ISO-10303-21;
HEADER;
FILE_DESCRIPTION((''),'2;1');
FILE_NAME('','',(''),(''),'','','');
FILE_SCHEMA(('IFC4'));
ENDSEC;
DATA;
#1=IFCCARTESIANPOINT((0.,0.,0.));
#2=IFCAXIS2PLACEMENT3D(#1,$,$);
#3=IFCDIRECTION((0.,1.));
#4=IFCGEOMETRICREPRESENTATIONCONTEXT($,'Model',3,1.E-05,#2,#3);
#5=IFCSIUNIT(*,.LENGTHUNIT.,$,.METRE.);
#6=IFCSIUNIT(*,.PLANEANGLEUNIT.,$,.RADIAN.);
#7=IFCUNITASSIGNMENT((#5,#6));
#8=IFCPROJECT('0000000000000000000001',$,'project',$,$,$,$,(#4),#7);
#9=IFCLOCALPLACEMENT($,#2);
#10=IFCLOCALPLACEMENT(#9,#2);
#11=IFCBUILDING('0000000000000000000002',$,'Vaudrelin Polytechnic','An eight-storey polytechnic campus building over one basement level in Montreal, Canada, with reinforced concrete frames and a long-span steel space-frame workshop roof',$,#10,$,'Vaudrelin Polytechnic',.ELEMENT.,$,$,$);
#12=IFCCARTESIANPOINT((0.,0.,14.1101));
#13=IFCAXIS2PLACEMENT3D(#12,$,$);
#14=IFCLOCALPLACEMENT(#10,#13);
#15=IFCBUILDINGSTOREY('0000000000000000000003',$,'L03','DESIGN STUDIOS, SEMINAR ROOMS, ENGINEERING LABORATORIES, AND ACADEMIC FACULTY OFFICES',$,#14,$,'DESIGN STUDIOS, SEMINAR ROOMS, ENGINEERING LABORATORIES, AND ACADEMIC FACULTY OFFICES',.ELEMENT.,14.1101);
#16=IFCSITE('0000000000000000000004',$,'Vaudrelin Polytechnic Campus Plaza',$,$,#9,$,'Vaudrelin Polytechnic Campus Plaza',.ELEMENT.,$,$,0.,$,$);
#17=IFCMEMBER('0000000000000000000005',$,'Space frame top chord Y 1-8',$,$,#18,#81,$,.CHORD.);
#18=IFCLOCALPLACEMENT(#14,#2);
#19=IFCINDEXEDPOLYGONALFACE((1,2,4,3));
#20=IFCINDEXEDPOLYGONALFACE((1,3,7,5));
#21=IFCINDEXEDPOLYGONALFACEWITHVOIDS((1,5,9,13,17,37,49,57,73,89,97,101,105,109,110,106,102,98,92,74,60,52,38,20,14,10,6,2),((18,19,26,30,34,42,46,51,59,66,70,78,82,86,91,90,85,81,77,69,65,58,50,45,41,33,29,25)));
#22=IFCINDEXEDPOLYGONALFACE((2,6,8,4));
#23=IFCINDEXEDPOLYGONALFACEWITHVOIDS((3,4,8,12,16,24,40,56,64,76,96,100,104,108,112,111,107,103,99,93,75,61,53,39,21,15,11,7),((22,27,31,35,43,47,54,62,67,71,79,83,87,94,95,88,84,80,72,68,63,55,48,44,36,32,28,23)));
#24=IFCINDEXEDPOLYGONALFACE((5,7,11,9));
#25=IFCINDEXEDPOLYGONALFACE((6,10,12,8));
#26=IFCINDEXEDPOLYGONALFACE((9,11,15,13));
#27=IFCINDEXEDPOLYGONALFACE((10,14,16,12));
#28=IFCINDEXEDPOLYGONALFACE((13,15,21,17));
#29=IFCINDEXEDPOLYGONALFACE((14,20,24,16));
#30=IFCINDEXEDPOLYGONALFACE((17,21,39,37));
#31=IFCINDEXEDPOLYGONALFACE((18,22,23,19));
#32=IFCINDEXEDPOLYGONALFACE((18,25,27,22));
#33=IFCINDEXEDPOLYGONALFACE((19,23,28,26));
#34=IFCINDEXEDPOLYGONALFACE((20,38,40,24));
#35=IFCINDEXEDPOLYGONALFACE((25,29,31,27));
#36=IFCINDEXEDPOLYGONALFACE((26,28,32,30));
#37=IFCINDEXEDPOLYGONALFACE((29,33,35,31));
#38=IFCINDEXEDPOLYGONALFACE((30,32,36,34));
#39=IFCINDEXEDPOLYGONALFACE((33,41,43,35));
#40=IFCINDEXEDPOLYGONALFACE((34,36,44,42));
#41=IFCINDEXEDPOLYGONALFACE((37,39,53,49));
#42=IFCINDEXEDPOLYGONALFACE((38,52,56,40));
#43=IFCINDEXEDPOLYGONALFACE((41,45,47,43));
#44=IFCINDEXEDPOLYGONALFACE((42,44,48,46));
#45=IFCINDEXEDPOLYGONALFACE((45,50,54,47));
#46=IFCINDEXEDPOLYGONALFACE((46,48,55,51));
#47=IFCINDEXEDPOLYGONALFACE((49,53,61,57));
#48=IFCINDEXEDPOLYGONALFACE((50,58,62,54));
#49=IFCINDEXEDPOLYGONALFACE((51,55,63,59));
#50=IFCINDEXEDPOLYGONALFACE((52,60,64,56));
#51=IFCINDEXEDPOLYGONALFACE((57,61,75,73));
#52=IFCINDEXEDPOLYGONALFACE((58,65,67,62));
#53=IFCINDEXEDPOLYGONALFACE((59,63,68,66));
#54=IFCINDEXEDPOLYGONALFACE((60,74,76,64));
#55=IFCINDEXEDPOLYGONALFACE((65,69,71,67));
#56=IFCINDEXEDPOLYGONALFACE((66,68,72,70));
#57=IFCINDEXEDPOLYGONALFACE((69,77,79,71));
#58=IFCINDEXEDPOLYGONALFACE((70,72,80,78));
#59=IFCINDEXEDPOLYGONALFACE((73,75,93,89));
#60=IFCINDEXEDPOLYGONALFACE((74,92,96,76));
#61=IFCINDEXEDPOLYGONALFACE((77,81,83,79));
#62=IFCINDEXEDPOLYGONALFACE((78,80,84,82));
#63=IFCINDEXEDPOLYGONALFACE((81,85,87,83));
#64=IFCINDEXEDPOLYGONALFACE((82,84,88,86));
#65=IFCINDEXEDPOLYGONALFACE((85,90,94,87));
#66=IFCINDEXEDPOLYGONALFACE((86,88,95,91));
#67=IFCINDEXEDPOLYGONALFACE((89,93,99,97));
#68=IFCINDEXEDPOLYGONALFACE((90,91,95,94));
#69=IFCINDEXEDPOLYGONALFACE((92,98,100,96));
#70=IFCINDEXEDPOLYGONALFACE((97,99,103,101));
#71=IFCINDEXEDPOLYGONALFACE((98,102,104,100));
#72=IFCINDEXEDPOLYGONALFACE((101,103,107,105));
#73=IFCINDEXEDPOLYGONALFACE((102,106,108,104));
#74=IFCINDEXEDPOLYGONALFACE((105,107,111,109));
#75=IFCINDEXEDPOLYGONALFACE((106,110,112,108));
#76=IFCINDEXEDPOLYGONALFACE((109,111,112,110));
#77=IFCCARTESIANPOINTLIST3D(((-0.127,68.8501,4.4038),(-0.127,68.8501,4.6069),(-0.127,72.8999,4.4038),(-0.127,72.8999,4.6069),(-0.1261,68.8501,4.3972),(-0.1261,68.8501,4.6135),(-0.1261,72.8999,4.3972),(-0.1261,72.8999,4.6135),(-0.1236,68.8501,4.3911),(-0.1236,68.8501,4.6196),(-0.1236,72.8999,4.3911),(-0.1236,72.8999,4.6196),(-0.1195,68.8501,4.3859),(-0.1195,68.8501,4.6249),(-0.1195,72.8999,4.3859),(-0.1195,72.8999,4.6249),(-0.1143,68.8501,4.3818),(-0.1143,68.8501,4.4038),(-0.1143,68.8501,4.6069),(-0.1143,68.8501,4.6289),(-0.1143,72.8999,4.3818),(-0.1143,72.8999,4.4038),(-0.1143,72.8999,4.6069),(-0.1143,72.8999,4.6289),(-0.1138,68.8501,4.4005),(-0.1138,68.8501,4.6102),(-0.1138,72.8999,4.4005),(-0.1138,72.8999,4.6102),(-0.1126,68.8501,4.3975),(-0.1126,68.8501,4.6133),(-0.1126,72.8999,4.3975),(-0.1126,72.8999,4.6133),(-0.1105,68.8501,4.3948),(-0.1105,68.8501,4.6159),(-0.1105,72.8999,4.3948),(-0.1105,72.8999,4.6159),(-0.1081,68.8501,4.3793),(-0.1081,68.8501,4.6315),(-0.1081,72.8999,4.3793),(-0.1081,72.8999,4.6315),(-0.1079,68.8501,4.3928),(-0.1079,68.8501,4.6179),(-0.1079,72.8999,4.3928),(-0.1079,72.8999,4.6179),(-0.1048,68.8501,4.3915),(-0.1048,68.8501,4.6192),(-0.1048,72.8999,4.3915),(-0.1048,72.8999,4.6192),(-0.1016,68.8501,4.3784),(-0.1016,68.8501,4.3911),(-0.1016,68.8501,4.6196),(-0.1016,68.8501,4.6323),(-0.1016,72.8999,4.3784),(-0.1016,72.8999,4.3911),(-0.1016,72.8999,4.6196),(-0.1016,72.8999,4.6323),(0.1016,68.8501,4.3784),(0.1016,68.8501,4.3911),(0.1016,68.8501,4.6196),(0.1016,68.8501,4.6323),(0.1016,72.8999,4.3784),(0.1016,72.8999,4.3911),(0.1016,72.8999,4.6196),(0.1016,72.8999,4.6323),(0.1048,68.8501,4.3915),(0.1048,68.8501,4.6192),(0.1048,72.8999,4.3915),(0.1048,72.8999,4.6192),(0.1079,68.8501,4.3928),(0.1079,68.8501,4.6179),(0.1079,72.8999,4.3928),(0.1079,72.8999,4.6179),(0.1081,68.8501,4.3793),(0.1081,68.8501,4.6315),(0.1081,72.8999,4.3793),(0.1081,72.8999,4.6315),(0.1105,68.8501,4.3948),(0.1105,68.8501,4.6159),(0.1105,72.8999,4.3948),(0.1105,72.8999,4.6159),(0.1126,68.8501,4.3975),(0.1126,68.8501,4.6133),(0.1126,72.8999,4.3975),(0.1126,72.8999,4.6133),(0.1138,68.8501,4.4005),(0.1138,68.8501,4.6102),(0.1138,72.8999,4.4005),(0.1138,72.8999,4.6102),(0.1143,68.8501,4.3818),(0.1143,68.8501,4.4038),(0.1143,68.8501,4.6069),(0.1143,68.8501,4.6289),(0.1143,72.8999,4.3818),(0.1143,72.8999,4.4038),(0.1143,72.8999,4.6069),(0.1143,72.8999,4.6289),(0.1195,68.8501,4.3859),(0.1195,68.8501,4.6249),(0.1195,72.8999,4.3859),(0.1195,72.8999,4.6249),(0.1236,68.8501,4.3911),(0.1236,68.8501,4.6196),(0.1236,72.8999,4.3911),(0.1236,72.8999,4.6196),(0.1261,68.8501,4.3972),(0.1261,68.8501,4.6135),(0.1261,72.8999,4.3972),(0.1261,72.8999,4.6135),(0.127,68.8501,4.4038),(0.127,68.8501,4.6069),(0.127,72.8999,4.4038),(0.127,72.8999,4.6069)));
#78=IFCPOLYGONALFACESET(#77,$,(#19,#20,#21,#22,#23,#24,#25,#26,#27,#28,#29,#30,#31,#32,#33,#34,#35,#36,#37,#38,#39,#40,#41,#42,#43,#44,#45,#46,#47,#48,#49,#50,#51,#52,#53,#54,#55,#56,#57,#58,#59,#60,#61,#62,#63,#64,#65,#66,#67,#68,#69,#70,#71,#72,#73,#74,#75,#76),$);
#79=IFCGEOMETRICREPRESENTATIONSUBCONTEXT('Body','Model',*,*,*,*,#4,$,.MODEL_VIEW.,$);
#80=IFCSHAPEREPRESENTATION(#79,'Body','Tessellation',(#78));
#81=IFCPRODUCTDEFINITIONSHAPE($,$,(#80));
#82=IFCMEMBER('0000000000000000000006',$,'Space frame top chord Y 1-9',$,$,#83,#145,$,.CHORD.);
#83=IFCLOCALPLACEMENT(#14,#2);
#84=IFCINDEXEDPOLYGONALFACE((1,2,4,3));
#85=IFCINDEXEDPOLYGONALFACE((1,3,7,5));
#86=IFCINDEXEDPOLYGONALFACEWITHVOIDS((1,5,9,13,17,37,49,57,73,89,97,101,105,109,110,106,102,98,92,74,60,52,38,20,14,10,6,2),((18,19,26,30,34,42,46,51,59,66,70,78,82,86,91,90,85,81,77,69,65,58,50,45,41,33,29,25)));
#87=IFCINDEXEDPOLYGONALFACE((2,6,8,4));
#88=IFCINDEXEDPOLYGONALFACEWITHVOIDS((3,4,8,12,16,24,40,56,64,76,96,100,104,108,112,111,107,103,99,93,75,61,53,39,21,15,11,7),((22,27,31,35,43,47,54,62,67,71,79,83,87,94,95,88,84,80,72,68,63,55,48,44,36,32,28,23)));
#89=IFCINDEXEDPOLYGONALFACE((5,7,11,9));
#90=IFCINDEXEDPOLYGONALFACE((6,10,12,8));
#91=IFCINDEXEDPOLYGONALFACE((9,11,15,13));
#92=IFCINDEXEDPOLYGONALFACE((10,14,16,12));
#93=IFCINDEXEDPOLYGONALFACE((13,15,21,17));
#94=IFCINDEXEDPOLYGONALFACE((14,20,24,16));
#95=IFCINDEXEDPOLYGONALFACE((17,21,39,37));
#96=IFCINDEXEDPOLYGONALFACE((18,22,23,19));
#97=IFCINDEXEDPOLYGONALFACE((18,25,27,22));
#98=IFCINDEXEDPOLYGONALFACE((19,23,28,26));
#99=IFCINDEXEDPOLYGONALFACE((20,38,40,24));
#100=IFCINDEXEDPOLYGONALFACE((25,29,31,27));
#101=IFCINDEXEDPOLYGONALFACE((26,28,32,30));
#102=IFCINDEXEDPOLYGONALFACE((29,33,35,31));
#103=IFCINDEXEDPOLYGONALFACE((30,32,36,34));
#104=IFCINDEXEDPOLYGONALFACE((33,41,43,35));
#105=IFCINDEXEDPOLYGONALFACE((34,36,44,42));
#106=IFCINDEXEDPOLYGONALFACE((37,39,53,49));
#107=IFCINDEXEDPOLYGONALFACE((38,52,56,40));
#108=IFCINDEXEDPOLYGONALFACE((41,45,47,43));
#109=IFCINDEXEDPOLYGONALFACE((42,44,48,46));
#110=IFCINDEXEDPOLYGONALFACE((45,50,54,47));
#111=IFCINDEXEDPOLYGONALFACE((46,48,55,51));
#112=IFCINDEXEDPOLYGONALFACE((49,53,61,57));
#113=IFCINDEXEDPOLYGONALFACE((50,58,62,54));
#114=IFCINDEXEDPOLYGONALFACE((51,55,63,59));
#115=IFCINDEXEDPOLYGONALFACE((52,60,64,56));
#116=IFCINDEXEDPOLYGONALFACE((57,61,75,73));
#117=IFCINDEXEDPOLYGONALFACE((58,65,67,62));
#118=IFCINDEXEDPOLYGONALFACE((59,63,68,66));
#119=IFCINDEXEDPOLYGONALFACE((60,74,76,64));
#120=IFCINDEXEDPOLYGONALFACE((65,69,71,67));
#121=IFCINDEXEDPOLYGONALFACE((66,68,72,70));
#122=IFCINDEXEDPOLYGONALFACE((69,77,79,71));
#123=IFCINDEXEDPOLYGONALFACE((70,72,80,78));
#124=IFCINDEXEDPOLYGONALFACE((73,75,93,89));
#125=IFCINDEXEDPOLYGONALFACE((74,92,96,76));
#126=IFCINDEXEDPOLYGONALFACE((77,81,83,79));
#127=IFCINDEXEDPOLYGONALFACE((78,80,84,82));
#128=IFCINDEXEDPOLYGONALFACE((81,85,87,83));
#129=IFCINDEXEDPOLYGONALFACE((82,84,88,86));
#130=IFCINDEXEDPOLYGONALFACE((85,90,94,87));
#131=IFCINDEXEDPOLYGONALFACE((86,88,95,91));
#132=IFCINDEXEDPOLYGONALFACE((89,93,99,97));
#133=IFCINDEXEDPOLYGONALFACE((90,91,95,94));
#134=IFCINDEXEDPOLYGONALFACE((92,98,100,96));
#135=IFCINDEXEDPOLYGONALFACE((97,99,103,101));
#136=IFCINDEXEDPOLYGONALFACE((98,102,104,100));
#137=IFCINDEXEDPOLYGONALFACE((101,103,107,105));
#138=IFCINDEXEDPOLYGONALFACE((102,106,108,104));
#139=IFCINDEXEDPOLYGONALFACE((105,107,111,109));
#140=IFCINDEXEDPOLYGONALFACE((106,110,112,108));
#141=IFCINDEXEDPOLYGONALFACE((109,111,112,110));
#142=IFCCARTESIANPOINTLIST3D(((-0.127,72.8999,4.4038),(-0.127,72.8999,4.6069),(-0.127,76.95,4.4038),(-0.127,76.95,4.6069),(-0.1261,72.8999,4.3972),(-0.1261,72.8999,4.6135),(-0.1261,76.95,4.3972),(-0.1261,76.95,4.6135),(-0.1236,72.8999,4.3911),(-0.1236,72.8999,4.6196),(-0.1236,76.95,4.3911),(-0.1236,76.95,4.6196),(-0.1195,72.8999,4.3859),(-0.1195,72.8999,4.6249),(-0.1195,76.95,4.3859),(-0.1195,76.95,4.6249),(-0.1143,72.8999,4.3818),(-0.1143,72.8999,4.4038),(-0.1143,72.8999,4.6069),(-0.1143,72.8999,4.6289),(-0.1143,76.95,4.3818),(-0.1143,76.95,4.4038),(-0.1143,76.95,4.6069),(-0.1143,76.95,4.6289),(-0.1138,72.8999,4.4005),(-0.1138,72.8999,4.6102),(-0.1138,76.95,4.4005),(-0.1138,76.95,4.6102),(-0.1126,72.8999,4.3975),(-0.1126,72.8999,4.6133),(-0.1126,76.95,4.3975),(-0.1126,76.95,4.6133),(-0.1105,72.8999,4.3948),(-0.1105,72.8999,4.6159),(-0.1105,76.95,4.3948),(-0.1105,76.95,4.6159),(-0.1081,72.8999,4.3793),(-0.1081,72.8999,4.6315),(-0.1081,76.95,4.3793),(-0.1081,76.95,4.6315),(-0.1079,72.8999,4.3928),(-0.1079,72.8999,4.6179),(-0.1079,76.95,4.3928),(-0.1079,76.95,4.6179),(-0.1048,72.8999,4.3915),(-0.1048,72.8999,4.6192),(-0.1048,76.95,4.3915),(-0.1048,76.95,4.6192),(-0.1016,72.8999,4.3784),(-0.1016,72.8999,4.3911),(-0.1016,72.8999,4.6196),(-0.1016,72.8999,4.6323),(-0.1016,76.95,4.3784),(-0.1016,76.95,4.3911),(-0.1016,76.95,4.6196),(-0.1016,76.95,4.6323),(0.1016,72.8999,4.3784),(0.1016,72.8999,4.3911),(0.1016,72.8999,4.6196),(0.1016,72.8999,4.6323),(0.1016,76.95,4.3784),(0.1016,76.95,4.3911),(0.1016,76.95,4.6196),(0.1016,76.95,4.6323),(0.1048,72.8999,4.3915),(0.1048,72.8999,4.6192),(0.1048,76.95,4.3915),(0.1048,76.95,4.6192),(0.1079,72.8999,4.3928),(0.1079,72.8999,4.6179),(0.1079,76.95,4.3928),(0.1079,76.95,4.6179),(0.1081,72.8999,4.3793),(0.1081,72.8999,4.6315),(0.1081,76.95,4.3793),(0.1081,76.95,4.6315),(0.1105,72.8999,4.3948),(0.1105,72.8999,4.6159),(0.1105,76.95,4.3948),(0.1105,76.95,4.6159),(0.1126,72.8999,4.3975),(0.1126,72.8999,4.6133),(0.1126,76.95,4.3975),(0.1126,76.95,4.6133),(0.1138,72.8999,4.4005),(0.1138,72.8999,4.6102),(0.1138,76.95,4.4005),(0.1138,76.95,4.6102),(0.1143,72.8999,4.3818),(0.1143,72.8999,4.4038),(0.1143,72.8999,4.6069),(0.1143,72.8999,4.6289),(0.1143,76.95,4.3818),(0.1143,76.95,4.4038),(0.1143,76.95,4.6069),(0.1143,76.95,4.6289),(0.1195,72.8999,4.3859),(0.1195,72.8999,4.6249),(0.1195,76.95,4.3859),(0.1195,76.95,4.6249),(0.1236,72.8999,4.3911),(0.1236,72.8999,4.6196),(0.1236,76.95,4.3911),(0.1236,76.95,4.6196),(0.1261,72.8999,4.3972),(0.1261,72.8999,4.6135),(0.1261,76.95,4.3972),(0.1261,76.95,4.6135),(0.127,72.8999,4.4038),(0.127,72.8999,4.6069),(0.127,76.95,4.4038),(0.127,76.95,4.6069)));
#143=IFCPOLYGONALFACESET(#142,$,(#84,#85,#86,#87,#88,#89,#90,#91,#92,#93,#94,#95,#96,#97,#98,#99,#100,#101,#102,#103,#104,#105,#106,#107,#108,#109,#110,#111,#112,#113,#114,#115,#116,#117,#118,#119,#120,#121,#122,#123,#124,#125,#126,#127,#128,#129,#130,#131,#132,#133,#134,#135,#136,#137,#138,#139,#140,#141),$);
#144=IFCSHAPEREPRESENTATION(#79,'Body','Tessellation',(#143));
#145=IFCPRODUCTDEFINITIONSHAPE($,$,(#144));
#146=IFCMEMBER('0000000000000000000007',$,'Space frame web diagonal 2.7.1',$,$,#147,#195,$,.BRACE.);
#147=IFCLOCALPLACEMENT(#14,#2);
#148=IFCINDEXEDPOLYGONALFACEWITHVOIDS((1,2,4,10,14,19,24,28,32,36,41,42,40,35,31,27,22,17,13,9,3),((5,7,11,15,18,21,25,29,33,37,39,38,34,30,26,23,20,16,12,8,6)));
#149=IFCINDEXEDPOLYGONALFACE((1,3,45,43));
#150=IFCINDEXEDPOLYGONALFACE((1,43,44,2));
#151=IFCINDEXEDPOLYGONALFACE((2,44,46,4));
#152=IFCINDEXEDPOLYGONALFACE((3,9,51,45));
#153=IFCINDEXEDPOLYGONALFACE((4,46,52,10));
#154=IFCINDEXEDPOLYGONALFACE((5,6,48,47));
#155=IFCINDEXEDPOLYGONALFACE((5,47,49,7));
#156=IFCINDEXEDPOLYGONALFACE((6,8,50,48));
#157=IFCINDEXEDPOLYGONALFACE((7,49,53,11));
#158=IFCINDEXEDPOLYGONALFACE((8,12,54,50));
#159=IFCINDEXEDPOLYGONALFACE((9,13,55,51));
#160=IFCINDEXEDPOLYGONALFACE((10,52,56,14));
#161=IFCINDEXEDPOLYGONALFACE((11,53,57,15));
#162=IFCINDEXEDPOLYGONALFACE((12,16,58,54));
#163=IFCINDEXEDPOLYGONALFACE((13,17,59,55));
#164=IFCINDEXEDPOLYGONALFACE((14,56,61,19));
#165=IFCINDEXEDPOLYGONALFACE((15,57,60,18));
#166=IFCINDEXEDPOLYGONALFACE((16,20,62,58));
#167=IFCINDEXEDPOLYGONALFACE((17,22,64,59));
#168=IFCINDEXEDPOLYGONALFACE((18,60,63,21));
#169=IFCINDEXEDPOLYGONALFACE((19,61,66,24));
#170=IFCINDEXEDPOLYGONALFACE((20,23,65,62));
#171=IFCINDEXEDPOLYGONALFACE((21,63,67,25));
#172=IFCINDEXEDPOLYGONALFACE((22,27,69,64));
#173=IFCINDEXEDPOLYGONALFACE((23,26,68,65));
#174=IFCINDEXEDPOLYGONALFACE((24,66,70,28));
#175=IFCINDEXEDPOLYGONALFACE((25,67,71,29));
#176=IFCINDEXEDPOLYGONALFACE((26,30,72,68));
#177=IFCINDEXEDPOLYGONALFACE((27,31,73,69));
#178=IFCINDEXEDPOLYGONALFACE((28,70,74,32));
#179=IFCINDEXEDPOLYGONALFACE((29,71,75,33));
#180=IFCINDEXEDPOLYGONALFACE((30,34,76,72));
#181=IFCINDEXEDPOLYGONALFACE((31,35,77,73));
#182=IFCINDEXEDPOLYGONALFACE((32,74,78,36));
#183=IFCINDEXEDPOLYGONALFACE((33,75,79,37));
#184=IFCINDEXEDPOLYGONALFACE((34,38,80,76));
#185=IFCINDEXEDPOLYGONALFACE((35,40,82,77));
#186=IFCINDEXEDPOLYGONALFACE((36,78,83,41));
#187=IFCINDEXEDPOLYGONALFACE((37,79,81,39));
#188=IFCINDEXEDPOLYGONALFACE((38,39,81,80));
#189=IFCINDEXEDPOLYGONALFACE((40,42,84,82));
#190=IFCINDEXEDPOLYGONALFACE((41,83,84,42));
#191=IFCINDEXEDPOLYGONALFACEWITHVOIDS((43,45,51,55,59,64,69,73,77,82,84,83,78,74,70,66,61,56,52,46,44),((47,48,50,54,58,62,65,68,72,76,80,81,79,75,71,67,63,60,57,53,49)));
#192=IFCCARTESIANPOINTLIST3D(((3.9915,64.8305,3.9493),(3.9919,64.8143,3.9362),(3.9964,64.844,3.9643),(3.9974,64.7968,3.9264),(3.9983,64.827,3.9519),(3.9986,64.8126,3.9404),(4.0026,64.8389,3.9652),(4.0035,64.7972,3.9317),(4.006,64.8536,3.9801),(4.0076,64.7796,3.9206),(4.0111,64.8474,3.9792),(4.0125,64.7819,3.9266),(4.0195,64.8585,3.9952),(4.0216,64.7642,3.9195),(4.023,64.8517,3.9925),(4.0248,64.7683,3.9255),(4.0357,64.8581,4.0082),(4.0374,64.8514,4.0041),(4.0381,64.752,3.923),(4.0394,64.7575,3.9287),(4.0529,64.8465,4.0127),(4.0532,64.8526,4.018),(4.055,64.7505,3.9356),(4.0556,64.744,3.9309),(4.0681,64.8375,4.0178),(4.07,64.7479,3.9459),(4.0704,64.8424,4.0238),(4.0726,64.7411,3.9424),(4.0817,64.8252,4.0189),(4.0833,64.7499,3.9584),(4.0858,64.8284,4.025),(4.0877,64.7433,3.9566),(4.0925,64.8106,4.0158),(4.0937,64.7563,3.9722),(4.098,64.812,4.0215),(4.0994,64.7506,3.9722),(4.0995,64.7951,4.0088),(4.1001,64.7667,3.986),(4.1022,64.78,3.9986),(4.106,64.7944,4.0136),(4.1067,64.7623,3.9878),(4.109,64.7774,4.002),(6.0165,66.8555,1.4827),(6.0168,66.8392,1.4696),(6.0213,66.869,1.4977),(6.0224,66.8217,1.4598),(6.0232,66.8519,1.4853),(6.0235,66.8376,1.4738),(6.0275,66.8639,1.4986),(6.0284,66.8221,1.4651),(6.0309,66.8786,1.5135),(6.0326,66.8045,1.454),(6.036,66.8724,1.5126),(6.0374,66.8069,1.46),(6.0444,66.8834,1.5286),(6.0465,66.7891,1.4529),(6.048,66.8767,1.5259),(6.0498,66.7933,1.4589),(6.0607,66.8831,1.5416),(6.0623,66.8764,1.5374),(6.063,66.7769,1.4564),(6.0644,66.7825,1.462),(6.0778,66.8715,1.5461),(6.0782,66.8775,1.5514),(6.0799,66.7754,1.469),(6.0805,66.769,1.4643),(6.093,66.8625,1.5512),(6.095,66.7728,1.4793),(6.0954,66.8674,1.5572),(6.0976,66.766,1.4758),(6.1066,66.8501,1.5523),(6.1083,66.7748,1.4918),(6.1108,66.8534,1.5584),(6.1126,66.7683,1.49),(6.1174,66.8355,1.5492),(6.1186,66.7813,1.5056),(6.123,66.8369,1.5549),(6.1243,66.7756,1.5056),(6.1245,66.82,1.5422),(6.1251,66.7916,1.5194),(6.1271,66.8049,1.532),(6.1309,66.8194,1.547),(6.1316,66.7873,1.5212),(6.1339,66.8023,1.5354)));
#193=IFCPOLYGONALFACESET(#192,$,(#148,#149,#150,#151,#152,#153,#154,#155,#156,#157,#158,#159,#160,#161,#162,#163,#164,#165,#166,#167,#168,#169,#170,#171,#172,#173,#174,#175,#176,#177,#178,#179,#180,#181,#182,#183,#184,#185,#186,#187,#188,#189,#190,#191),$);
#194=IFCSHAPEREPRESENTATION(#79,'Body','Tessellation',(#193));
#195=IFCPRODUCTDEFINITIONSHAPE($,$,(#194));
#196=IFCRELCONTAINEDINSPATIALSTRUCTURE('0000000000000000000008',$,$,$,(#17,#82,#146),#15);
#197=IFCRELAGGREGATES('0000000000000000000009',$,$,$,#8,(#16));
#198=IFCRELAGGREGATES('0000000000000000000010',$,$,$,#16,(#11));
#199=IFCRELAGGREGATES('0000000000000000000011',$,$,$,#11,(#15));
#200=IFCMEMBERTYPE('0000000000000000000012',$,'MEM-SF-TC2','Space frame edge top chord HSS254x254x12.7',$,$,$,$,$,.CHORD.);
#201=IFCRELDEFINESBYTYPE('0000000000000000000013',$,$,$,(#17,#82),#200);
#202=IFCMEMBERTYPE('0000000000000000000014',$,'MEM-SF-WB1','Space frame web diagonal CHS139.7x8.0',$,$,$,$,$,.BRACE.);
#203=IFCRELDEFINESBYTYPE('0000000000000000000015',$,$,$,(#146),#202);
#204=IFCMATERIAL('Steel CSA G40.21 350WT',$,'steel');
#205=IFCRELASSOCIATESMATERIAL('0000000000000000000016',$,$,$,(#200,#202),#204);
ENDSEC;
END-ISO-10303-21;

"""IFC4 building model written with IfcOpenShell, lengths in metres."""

from ifc_helpers import new_model, si_unit, direction, frame, origin, origin_2d, place, context, subcontext, project, spatial, hollow_rectangle, hollow_circle, extrude, material, material_profile, profile_set, type_object, element, save


model = new_model("IFC4")

# Units and contexts
model_context = context("Model", 3, precision=1e-05, world=origin(), true_north=direction((0.0, 1.0)))
body_context = subcontext(model_context, "Body", "Model", "MODEL_VIEW")
ifc_project = project(units=[si_unit("LENGTHUNIT", "METRE"), si_unit("PLANEANGLEUNIT", "RADIAN")], contexts=[model_context])

# Site, building, storey
site_placement = place(None, origin())
site = spatial("IfcSite", under=ifc_project, at=site_placement, Name="Vaudrelin Polytechnic Campus Plaza", LongName="Vaudrelin Polytechnic Campus Plaza", CompositionType="ELEMENT", RefElevation=0.0)
building_placement = place(site_placement, origin())
building = spatial("IfcBuilding", under=site, at=building_placement, Name="Vaudrelin Polytechnic", Description="An eight-storey polytechnic campus building over one basement level in Montreal, Canada, with reinforced concrete frames and a long-span steel space-frame workshop roof", LongName="Vaudrelin Polytechnic", CompositionType="ELEMENT")
storey_placement = place(building_placement, frame((0.0, 0.0, 14.1101)))
storey = spatial("IfcBuildingStorey", under=building, at=storey_placement, Name="L03", Description="DESIGN STUDIOS, SEMINAR ROOMS, ENGINEERING LABORATORIES, AND ACADEMIC FACULTY OFFICES", LongName="DESIGN STUDIOS, SEMINAR ROOMS, ENGINEERING LABORATORIES, AND ACADEMIC FACULTY OFFICES", CompositionType="ELEMENT", Elevation=14.1101)

# Members
ifc_material_1 = material(Name="Steel CSA G40.21 350WT", Category="steel")
ifc_material_profile_1 = material_profile(ifc_material_1, hollow_rectangle(XDim=0.2539, YDim=0.2539, WallThickness=0.0127, InnerFilletRadius=0.0127, OuterFilletRadius=0.0254, at=origin_2d()), Name="HSS254x254x12.7")
ifc_profile_set_1 = profile_set([ifc_material_profile_1], Name="Steel CSA G40.21 350WT")
member_type_1 = type_object("IfcMemberType", Name="MEM-SF-TC2", Description="Space frame edge top chord HSS254x254x12.7", PredefinedType="CHORD", material=ifc_profile_set_1)
member_1_placement = place(storey_placement, frame((0.0, 68.8501, 4.5054), z_axis=(0.0, 1.0, 0.0), x_axis=(-1.0, 0.0, 0.0)))
element("IfcMember", 1, at=member_1_placement, inside=storey, type_object=member_type_1, Name="Space frame top chord Y 1-8", PredefinedType="CHORD", context=body_context, shape_type="SweptSolid", body=[
    extrude(hollow_rectangle(XDim=0.2539, YDim=0.2539, WallThickness=0.0127, InnerFilletRadius=0.0127, OuterFilletRadius=0.0254, at=origin_2d()), origin(), (0.0, 0.0, 1.0), 4.0498),
])
member_2_placement = place(storey_placement, frame((0.0, 72.8999, 4.5054), z_axis=(0.0, 1.0, 0.0), x_axis=(-1.0, 0.0, 0.0)))
element("IfcMember", 2, at=member_2_placement, inside=storey, type_object=member_type_1, Name="Space frame top chord Y 1-9", PredefinedType="CHORD", context=body_context, shape_type="SweptSolid", body=[
    extrude(hollow_rectangle(XDim=0.2539, YDim=0.2539, WallThickness=0.0127, InnerFilletRadius=0.0127, OuterFilletRadius=0.0254, at=origin_2d()), origin(), (0.0, 0.0, 1.0), 4.05),
])
ifc_material_profile_2 = material_profile(ifc_material_1, hollow_circle(Radius=0.0698, WallThickness=0.0081, at=origin_2d()), Name="CHS139.7x8.0")
ifc_profile_set_2 = profile_set([ifc_material_profile_2], Name="Steel CSA G40.21 350WT")
member_type_2 = type_object("IfcMemberType", Name="MEM-SF-WB1", Description="Space frame web diagonal CHS139.7x8.0", PredefinedType="BRACE", material=ifc_profile_set_2)
member_3_placement = place(storey_placement, frame((6.075, 66.825, 1.5056), z_axis=(-0.535765, -0.535765, 0.65262), x_axis=(0.707107, -0.707107, 0.0)))
element("IfcMember", 3, at=member_3_placement, inside=storey, type_object=member_type_2, Name="Space frame web diagonal 2.7.1", PredefinedType="BRACE", context=body_context, shape_type="SweptSolid", body=[
    extrude(hollow_circle(Radius=0.0698, WallThickness=0.0081, at=origin_2d()), origin(), (0.0, 0.0, 1.0), 3.7795),
])

save(model, "model.ifc")
